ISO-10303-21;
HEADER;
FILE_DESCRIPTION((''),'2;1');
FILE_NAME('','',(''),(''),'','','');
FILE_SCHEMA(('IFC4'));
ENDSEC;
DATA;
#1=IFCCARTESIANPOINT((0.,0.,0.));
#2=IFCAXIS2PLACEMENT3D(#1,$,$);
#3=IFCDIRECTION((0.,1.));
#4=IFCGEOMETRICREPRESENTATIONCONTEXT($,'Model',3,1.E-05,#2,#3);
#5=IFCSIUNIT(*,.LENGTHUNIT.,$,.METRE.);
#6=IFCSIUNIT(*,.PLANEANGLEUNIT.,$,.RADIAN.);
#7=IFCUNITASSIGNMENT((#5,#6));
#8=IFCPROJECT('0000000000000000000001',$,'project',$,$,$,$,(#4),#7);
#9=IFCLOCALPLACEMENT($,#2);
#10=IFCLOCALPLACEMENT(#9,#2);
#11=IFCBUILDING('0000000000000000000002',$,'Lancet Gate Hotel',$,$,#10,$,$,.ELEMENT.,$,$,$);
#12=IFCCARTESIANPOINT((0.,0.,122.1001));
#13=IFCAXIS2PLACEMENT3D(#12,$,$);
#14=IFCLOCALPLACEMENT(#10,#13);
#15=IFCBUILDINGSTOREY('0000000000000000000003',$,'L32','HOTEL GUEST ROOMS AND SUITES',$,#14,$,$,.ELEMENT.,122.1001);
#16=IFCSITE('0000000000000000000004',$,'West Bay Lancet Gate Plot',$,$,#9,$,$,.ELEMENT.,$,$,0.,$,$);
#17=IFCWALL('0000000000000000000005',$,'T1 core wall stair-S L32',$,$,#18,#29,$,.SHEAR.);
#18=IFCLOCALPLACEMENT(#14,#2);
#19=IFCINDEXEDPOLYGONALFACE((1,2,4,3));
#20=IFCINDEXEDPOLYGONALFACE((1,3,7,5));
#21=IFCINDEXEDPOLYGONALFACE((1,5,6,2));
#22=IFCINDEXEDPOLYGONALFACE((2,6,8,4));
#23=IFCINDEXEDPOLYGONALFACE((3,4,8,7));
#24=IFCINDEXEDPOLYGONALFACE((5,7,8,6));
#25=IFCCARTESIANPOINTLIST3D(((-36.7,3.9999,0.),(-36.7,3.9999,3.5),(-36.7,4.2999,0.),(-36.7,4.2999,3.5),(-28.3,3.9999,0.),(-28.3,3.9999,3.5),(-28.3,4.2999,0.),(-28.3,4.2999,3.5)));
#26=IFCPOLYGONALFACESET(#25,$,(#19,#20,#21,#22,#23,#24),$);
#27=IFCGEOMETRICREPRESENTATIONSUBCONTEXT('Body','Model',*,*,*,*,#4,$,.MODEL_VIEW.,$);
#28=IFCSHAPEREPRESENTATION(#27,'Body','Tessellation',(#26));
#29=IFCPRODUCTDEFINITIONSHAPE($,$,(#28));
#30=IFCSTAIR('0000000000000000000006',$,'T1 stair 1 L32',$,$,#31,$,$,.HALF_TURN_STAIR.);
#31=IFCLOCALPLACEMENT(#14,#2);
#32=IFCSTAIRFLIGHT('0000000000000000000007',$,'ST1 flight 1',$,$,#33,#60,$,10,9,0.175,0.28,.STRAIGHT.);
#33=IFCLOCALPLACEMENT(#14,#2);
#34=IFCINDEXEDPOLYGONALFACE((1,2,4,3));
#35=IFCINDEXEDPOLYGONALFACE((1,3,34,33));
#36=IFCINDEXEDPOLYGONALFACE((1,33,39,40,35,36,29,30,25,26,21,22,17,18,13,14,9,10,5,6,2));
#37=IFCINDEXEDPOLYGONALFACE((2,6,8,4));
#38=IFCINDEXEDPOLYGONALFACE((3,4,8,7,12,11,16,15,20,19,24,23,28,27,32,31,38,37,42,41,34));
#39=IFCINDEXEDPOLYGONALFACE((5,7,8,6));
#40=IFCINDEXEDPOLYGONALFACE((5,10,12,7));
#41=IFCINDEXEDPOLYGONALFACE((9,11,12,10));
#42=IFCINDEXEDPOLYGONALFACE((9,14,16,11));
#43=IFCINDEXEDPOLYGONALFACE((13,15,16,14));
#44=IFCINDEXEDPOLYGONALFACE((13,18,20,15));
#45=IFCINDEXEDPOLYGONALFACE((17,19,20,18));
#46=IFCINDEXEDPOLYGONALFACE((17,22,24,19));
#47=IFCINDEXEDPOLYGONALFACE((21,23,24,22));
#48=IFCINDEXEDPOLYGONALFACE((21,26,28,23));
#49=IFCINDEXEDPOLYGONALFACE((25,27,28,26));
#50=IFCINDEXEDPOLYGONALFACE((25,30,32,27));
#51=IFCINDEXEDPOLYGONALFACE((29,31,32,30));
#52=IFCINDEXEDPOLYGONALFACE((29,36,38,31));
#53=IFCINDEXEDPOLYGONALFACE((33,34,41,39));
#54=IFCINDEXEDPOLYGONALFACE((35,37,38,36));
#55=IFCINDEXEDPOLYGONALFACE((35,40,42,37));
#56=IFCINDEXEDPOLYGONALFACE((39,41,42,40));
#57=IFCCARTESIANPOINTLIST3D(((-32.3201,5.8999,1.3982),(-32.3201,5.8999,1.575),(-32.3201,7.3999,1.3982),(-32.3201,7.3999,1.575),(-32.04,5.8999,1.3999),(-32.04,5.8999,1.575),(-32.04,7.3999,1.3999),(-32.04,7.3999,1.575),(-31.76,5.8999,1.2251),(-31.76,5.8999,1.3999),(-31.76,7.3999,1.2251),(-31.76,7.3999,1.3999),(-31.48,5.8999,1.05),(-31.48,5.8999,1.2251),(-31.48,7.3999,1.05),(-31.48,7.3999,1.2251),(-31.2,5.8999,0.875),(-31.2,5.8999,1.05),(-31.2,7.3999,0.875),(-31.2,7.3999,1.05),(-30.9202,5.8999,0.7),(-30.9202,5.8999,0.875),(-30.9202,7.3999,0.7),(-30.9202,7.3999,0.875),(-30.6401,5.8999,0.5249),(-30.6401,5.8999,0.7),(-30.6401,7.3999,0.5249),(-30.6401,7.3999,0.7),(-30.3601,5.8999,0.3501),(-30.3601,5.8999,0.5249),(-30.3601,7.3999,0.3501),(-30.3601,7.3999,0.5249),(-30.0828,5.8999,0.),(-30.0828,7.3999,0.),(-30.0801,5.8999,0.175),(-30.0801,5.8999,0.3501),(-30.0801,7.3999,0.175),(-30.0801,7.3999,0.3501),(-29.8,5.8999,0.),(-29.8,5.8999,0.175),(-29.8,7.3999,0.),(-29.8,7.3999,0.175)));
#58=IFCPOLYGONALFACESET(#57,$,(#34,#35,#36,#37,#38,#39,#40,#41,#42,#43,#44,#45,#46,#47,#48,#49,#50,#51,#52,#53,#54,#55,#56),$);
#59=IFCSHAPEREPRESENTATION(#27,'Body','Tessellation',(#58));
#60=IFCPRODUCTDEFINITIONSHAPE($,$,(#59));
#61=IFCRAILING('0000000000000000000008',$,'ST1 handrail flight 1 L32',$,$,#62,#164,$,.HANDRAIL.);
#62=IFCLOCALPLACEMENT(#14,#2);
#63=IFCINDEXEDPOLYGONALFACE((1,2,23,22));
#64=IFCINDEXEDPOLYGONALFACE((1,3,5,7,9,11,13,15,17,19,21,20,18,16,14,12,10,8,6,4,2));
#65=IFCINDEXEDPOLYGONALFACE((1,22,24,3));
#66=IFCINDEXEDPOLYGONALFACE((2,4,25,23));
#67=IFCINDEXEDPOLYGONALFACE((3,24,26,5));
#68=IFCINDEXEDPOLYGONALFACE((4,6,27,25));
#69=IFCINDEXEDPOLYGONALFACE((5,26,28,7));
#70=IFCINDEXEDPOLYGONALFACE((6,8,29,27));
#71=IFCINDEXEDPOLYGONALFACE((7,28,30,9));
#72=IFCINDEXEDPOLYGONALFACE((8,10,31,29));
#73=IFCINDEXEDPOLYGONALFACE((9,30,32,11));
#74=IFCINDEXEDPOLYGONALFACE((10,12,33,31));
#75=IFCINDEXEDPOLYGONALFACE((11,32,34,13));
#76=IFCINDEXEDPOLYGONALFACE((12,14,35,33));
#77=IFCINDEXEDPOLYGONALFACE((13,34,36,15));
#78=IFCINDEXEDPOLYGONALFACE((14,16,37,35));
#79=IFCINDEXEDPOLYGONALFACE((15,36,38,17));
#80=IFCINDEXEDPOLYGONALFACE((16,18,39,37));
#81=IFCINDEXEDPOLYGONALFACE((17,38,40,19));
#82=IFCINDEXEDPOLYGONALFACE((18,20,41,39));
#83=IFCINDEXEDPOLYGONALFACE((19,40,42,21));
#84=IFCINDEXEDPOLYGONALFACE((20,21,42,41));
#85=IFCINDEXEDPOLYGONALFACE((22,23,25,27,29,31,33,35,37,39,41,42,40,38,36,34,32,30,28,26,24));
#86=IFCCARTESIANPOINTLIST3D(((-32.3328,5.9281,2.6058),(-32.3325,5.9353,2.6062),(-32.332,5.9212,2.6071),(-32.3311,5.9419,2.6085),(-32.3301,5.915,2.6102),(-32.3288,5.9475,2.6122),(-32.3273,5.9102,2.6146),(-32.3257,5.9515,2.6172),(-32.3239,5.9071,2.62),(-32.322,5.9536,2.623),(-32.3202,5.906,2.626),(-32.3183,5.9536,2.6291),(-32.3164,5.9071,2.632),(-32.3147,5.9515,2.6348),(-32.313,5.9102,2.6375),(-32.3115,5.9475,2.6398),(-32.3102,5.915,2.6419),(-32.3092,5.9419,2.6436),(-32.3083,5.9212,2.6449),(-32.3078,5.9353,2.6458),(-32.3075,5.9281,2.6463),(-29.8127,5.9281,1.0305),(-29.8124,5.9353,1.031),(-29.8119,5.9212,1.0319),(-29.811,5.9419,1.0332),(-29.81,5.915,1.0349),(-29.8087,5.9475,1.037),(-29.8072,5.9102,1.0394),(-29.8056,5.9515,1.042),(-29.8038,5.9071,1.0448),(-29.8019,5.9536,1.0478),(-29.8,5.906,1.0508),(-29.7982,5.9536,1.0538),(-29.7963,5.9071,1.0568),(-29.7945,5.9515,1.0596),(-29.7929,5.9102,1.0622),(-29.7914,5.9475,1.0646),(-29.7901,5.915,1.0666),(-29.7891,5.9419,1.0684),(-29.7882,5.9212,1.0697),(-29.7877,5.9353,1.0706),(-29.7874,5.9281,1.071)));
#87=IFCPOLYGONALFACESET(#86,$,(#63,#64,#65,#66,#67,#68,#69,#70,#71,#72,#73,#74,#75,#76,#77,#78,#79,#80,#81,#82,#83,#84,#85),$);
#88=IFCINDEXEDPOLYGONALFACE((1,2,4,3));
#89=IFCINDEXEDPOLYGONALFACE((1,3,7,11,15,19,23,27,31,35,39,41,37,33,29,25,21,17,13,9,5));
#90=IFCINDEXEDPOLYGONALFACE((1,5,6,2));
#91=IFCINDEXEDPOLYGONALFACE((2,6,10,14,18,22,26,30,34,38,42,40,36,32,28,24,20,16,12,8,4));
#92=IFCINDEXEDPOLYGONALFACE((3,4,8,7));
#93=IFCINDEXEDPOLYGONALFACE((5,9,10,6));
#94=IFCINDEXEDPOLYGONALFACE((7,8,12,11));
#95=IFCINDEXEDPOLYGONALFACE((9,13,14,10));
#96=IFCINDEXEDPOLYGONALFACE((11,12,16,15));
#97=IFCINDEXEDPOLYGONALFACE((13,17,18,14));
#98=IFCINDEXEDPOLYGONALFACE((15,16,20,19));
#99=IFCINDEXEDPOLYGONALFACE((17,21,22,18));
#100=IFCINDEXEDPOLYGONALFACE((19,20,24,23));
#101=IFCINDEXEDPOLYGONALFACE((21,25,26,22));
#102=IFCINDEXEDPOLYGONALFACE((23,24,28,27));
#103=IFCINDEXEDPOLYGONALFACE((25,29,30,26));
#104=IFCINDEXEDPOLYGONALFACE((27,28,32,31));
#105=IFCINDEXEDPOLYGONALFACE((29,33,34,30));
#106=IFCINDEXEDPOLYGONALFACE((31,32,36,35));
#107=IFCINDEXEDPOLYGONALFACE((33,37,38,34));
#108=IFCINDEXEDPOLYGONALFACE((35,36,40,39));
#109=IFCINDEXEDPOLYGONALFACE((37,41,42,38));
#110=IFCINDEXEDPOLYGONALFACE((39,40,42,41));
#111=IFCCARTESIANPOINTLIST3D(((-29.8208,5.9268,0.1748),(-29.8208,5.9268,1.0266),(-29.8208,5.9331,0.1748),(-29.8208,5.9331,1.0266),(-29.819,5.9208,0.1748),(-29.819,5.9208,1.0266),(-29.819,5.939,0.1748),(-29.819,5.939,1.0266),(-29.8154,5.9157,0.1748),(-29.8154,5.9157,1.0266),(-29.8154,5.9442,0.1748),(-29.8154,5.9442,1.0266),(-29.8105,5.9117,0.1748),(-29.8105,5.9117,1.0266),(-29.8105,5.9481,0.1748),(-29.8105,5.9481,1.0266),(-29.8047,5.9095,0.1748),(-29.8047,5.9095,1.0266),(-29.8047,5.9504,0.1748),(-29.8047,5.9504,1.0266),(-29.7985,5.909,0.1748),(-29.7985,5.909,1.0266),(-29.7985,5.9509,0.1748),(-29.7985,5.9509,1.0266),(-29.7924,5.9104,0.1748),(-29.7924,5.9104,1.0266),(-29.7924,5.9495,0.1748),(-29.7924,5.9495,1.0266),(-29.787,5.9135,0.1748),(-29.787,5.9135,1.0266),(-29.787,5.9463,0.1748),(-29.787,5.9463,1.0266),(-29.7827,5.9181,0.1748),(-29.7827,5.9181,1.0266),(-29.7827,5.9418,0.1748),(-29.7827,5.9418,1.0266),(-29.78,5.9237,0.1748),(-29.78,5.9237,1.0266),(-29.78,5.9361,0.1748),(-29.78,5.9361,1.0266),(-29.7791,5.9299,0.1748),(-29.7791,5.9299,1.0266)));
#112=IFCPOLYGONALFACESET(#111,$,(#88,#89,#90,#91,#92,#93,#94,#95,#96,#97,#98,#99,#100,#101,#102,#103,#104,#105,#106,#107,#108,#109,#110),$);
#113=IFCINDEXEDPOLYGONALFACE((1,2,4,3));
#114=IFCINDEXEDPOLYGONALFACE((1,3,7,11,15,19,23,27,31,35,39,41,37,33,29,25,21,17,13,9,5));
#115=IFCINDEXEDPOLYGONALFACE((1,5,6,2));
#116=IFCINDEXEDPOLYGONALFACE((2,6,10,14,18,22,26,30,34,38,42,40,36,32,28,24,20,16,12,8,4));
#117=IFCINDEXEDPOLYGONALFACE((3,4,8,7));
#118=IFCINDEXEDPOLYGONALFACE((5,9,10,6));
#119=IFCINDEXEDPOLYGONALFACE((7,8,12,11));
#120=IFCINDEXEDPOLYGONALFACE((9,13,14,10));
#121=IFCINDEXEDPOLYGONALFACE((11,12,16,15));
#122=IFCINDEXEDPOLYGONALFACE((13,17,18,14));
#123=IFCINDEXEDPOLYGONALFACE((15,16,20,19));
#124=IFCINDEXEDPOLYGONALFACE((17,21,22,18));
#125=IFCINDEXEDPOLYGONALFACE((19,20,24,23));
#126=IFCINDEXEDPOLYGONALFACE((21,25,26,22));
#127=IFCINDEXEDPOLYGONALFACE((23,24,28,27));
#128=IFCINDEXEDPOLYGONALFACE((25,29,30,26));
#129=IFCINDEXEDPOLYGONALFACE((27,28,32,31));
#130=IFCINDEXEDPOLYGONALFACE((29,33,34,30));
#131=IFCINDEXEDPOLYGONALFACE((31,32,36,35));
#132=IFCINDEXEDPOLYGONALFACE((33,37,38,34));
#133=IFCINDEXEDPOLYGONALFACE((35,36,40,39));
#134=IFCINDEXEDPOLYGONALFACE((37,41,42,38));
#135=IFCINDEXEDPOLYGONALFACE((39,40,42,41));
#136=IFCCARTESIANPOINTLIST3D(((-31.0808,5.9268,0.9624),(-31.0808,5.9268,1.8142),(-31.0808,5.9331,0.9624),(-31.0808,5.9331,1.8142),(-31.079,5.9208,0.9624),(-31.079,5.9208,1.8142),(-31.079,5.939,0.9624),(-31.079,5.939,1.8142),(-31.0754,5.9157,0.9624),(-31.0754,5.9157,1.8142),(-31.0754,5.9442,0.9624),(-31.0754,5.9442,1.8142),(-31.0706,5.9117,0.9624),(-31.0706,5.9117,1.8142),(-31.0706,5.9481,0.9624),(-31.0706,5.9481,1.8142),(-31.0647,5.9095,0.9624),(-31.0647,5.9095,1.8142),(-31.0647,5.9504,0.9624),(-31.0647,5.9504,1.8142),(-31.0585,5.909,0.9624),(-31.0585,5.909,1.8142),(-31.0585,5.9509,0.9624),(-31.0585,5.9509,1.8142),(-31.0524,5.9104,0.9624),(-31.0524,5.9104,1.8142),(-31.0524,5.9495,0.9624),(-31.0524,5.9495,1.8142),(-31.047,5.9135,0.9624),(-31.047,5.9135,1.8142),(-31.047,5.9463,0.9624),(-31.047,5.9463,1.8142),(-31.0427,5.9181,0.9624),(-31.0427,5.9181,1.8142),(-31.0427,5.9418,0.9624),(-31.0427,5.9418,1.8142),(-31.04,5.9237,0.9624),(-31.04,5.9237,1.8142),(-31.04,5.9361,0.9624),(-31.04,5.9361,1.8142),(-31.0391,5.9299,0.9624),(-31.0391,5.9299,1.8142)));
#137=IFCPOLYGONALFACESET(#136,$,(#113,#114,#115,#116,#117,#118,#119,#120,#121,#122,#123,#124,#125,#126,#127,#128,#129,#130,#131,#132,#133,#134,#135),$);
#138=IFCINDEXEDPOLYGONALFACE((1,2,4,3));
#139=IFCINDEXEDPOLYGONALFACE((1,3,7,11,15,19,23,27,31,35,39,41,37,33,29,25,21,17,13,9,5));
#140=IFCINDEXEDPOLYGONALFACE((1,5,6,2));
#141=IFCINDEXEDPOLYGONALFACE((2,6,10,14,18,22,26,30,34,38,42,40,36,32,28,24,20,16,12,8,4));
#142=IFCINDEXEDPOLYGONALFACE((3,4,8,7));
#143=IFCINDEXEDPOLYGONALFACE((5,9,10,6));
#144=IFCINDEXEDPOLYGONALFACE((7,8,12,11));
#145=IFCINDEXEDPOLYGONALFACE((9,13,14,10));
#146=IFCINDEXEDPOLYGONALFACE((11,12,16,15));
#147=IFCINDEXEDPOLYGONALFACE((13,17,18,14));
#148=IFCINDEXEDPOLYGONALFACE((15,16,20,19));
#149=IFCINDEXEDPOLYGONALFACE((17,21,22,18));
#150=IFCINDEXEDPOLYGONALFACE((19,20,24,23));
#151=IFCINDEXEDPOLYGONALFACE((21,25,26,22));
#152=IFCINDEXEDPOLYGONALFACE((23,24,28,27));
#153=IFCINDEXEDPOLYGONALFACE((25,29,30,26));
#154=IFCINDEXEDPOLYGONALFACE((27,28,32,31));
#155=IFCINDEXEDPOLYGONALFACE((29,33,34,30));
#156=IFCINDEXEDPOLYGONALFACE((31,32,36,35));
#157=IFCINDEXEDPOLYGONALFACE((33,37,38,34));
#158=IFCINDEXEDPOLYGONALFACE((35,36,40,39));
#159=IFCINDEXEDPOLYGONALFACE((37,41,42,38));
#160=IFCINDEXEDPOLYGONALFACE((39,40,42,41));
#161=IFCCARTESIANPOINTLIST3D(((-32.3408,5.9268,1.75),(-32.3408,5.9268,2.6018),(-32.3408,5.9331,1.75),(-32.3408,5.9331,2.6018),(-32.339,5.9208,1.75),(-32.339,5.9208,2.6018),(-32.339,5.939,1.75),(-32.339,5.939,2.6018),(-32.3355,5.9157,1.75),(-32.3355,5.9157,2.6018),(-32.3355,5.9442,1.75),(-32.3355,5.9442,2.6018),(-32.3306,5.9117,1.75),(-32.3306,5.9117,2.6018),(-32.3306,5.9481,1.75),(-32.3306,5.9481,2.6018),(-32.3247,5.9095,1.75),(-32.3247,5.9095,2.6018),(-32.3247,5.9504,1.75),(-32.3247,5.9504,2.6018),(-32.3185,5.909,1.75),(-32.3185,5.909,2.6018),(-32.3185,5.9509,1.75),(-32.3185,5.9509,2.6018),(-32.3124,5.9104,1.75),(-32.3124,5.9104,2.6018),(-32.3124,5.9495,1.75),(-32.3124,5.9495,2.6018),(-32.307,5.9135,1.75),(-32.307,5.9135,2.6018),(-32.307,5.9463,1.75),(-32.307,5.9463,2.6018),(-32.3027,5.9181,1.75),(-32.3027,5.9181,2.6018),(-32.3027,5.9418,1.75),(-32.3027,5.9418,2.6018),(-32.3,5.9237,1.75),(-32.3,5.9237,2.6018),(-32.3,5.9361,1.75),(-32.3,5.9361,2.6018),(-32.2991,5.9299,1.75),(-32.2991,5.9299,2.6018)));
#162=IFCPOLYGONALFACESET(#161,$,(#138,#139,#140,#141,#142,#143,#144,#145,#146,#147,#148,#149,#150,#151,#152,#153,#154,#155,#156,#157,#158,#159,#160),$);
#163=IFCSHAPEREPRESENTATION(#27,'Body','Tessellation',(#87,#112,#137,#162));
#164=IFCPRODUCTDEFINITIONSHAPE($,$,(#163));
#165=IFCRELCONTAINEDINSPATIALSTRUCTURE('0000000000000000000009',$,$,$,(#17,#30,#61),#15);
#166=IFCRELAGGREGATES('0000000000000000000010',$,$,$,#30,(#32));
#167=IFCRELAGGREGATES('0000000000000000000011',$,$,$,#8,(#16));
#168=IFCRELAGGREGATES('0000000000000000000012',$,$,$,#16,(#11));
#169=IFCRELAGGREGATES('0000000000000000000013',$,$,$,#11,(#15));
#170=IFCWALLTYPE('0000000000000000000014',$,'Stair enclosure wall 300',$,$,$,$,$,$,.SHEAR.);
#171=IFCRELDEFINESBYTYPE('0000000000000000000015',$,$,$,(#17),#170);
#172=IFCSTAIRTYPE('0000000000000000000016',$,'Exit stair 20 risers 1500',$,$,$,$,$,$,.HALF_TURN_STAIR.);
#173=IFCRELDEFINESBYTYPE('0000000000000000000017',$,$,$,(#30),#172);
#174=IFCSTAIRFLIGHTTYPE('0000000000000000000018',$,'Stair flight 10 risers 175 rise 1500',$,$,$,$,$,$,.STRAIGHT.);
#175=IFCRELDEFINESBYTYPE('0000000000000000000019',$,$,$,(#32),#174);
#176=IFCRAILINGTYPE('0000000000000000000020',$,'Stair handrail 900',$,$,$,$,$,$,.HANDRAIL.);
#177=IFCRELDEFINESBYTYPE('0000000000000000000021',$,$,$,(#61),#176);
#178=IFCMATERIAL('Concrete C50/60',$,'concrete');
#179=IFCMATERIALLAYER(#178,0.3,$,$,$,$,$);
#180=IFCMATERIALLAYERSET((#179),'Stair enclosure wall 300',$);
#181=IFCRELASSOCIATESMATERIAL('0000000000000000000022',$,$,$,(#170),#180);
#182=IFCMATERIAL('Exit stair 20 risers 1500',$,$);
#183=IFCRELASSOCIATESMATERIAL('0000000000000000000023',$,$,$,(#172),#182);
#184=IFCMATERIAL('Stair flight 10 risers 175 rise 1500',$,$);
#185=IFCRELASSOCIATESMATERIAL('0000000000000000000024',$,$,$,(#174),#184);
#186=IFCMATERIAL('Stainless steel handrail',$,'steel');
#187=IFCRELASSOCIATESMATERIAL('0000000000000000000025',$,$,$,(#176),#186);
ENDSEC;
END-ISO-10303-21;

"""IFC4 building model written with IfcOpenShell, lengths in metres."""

from ifc_helpers import new_model, si_unit, direction, frame, frame_2d, origin, origin_2d, place, context, subcontext, project, spatial, polyline, rectangle, circle, outline, extrude, material, layer, layer_set, type_object, element, aggregate, save


model = new_model("IFC4")

# Units and contexts
model_context = context("Model", 3, precision=1e-05, world=origin(), true_north=direction((0.0, 1.0)))
body_context = subcontext(model_context, "Body", "Model", "MODEL_VIEW")
ifc_project = project(units=[si_unit("LENGTHUNIT", "METRE"), si_unit("PLANEANGLEUNIT", "RADIAN")], contexts=[model_context])

# Site, building, storey
site_placement = place(None, origin())
site = spatial("IfcSite", under=ifc_project, at=site_placement, Name="West Bay Lancet Gate Plot", CompositionType="ELEMENT", RefElevation=0.0)
building_placement = place(site_placement, origin())
building = spatial("IfcBuilding", under=site, at=building_placement, Name="Lancet Gate Hotel", CompositionType="ELEMENT")
storey_placement = place(building_placement, frame((0.0, 0.0, 122.1001)))
storey = spatial("IfcBuildingStorey", under=building, at=storey_placement, Name="L32", Description="HOTEL GUEST ROOMS AND SUITES", CompositionType="ELEMENT", Elevation=122.1001)

# Wall
ifc_material_1 = material(Name="Concrete C50/60", Category="concrete")
ifc_layer_1 = layer(ifc_material_1, 0.3)
ifc_layer_set_1 = layer_set([ifc_layer_1], Name="Stair enclosure wall 300")
wall_type_1 = type_object("IfcWallType", Name="Stair enclosure wall 300", PredefinedType="SHEAR", material=ifc_layer_set_1)
wall_1_placement = place(storey_placement, frame((-28.3, 4.1499, 0.0), z_axis=(0.0, 0.0, 1.0), x_axis=(-1.0, 0.0, 0.0)))
element("IfcWall", 1, at=wall_1_placement, inside=storey, type_object=wall_type_1, Name="T1 core wall stair-S L32", PredefinedType="SHEAR", context=body_context, shape_type="SweptSolid", body=[
    extrude(rectangle(XDim=8.3999, YDim=0.3, at=frame_2d((4.2, 0.0))), origin(), (0.0, 0.0, 1.0), 3.5),
])

# Stair, stair flight
ifc_material_2 = material(Name="Exit stair 20 risers 1500")
stair_type = type_object("IfcStairType", Name="Exit stair 20 risers 1500", PredefinedType="HALF_TURN_STAIR", material=ifc_material_2)
stair_placement = place(storey_placement, origin())
stair = element("IfcStair", 2, at=stair_placement, inside=storey, type_object=stair_type, Name="T1 stair 1 L32", PredefinedType="HALF_TURN_STAIR")
ifc_material_3 = material(Name="Stair flight 10 risers 175 rise 1500")
stair_flight_type = type_object("IfcStairFlightType", Name="Stair flight 10 risers 175 rise 1500", PredefinedType="STRAIGHT", material=ifc_material_3)
stair_flight_placement = place(storey_placement, frame((-29.8, 6.6499, 0.0), z_axis=(0.0, 0.0, 1.0), x_axis=(-1.0, 0.0, 0.0)))
stair_flight = element("IfcStairFlight", 3, at=stair_flight_placement, type_object=stair_flight_type, Name="ST1 flight 1", NumberOfRisers=10, NumberOfTreads=9, PredefinedType="STRAIGHT", RiserHeight=0.175, TreadLength=0.28, context=body_context, shape_type="SweptSolid", body=[
    extrude(outline(polyline([(0.0, 0.0), (0.0, 0.175), (0.28, 0.175), (0.28, 0.3501), (0.5601, 0.3501), (0.5601, 0.5249), (0.8401, 0.5249), (0.8401, 0.7), (1.1201, 0.7), (1.1201, 0.875), (1.3999, 0.875), (1.3999, 1.05), (1.6799, 1.05), (1.6799, 1.2251), (1.96, 1.2251), (1.96, 1.3999), (2.24, 1.3999), (2.24, 1.575), (2.52, 1.575), (2.52, 1.75), (2.52, 1.3982), (0.2827, 0.0), (0.0, 0.0)])), frame((0.0, 0.75, 0.0), z_axis=(0.0, -1.0, 0.0), x_axis=(1.0, 0.0, 0.0)), (0.0, 0.0, 1.0), 1.5),
])
aggregate(stair, [stair_flight])

# Railing
ifc_material_4 = material(Name="Stainless steel handrail", Category="steel")
railing_type = type_object("IfcRailingType", Name="Stair handrail 900", PredefinedType="HANDRAIL", material=ifc_material_4)
railing_placement = place(storey_placement, frame((-29.8, 5.9299, 0.1748)))
element("IfcRailing", 4, at=railing_placement, inside=storey, type_object=railing_type, Name="ST1 handrail flight 1 L32", PredefinedType="HANDRAIL", context=body_context, shape_type="SweptSolid", body=[
    extrude(circle(Radius=0.0239, at=origin_2d()), frame((0.0, 0.0, 0.876), z_axis=(-0.847971, 0.0, 0.530043), x_axis=(0.0, -1.0, 0.0)), (0.0, 0.0, 1.0), 2.9719),
    extrude(circle(Radius=0.021, at=origin_2d()), origin(), (0.0, 0.0, 1.0), 0.8518),
    extrude(circle(Radius=0.021, at=origin_2d()), frame((-1.26, 0.0, 0.7876)), (0.0, 0.0, 1.0), 0.8518),
    extrude(circle(Radius=0.021, at=origin_2d()), frame((-2.52, 0.0, 1.5752)), (0.0, 0.0, 1.0), 0.8518),
])

save(model, "model.ifc")
